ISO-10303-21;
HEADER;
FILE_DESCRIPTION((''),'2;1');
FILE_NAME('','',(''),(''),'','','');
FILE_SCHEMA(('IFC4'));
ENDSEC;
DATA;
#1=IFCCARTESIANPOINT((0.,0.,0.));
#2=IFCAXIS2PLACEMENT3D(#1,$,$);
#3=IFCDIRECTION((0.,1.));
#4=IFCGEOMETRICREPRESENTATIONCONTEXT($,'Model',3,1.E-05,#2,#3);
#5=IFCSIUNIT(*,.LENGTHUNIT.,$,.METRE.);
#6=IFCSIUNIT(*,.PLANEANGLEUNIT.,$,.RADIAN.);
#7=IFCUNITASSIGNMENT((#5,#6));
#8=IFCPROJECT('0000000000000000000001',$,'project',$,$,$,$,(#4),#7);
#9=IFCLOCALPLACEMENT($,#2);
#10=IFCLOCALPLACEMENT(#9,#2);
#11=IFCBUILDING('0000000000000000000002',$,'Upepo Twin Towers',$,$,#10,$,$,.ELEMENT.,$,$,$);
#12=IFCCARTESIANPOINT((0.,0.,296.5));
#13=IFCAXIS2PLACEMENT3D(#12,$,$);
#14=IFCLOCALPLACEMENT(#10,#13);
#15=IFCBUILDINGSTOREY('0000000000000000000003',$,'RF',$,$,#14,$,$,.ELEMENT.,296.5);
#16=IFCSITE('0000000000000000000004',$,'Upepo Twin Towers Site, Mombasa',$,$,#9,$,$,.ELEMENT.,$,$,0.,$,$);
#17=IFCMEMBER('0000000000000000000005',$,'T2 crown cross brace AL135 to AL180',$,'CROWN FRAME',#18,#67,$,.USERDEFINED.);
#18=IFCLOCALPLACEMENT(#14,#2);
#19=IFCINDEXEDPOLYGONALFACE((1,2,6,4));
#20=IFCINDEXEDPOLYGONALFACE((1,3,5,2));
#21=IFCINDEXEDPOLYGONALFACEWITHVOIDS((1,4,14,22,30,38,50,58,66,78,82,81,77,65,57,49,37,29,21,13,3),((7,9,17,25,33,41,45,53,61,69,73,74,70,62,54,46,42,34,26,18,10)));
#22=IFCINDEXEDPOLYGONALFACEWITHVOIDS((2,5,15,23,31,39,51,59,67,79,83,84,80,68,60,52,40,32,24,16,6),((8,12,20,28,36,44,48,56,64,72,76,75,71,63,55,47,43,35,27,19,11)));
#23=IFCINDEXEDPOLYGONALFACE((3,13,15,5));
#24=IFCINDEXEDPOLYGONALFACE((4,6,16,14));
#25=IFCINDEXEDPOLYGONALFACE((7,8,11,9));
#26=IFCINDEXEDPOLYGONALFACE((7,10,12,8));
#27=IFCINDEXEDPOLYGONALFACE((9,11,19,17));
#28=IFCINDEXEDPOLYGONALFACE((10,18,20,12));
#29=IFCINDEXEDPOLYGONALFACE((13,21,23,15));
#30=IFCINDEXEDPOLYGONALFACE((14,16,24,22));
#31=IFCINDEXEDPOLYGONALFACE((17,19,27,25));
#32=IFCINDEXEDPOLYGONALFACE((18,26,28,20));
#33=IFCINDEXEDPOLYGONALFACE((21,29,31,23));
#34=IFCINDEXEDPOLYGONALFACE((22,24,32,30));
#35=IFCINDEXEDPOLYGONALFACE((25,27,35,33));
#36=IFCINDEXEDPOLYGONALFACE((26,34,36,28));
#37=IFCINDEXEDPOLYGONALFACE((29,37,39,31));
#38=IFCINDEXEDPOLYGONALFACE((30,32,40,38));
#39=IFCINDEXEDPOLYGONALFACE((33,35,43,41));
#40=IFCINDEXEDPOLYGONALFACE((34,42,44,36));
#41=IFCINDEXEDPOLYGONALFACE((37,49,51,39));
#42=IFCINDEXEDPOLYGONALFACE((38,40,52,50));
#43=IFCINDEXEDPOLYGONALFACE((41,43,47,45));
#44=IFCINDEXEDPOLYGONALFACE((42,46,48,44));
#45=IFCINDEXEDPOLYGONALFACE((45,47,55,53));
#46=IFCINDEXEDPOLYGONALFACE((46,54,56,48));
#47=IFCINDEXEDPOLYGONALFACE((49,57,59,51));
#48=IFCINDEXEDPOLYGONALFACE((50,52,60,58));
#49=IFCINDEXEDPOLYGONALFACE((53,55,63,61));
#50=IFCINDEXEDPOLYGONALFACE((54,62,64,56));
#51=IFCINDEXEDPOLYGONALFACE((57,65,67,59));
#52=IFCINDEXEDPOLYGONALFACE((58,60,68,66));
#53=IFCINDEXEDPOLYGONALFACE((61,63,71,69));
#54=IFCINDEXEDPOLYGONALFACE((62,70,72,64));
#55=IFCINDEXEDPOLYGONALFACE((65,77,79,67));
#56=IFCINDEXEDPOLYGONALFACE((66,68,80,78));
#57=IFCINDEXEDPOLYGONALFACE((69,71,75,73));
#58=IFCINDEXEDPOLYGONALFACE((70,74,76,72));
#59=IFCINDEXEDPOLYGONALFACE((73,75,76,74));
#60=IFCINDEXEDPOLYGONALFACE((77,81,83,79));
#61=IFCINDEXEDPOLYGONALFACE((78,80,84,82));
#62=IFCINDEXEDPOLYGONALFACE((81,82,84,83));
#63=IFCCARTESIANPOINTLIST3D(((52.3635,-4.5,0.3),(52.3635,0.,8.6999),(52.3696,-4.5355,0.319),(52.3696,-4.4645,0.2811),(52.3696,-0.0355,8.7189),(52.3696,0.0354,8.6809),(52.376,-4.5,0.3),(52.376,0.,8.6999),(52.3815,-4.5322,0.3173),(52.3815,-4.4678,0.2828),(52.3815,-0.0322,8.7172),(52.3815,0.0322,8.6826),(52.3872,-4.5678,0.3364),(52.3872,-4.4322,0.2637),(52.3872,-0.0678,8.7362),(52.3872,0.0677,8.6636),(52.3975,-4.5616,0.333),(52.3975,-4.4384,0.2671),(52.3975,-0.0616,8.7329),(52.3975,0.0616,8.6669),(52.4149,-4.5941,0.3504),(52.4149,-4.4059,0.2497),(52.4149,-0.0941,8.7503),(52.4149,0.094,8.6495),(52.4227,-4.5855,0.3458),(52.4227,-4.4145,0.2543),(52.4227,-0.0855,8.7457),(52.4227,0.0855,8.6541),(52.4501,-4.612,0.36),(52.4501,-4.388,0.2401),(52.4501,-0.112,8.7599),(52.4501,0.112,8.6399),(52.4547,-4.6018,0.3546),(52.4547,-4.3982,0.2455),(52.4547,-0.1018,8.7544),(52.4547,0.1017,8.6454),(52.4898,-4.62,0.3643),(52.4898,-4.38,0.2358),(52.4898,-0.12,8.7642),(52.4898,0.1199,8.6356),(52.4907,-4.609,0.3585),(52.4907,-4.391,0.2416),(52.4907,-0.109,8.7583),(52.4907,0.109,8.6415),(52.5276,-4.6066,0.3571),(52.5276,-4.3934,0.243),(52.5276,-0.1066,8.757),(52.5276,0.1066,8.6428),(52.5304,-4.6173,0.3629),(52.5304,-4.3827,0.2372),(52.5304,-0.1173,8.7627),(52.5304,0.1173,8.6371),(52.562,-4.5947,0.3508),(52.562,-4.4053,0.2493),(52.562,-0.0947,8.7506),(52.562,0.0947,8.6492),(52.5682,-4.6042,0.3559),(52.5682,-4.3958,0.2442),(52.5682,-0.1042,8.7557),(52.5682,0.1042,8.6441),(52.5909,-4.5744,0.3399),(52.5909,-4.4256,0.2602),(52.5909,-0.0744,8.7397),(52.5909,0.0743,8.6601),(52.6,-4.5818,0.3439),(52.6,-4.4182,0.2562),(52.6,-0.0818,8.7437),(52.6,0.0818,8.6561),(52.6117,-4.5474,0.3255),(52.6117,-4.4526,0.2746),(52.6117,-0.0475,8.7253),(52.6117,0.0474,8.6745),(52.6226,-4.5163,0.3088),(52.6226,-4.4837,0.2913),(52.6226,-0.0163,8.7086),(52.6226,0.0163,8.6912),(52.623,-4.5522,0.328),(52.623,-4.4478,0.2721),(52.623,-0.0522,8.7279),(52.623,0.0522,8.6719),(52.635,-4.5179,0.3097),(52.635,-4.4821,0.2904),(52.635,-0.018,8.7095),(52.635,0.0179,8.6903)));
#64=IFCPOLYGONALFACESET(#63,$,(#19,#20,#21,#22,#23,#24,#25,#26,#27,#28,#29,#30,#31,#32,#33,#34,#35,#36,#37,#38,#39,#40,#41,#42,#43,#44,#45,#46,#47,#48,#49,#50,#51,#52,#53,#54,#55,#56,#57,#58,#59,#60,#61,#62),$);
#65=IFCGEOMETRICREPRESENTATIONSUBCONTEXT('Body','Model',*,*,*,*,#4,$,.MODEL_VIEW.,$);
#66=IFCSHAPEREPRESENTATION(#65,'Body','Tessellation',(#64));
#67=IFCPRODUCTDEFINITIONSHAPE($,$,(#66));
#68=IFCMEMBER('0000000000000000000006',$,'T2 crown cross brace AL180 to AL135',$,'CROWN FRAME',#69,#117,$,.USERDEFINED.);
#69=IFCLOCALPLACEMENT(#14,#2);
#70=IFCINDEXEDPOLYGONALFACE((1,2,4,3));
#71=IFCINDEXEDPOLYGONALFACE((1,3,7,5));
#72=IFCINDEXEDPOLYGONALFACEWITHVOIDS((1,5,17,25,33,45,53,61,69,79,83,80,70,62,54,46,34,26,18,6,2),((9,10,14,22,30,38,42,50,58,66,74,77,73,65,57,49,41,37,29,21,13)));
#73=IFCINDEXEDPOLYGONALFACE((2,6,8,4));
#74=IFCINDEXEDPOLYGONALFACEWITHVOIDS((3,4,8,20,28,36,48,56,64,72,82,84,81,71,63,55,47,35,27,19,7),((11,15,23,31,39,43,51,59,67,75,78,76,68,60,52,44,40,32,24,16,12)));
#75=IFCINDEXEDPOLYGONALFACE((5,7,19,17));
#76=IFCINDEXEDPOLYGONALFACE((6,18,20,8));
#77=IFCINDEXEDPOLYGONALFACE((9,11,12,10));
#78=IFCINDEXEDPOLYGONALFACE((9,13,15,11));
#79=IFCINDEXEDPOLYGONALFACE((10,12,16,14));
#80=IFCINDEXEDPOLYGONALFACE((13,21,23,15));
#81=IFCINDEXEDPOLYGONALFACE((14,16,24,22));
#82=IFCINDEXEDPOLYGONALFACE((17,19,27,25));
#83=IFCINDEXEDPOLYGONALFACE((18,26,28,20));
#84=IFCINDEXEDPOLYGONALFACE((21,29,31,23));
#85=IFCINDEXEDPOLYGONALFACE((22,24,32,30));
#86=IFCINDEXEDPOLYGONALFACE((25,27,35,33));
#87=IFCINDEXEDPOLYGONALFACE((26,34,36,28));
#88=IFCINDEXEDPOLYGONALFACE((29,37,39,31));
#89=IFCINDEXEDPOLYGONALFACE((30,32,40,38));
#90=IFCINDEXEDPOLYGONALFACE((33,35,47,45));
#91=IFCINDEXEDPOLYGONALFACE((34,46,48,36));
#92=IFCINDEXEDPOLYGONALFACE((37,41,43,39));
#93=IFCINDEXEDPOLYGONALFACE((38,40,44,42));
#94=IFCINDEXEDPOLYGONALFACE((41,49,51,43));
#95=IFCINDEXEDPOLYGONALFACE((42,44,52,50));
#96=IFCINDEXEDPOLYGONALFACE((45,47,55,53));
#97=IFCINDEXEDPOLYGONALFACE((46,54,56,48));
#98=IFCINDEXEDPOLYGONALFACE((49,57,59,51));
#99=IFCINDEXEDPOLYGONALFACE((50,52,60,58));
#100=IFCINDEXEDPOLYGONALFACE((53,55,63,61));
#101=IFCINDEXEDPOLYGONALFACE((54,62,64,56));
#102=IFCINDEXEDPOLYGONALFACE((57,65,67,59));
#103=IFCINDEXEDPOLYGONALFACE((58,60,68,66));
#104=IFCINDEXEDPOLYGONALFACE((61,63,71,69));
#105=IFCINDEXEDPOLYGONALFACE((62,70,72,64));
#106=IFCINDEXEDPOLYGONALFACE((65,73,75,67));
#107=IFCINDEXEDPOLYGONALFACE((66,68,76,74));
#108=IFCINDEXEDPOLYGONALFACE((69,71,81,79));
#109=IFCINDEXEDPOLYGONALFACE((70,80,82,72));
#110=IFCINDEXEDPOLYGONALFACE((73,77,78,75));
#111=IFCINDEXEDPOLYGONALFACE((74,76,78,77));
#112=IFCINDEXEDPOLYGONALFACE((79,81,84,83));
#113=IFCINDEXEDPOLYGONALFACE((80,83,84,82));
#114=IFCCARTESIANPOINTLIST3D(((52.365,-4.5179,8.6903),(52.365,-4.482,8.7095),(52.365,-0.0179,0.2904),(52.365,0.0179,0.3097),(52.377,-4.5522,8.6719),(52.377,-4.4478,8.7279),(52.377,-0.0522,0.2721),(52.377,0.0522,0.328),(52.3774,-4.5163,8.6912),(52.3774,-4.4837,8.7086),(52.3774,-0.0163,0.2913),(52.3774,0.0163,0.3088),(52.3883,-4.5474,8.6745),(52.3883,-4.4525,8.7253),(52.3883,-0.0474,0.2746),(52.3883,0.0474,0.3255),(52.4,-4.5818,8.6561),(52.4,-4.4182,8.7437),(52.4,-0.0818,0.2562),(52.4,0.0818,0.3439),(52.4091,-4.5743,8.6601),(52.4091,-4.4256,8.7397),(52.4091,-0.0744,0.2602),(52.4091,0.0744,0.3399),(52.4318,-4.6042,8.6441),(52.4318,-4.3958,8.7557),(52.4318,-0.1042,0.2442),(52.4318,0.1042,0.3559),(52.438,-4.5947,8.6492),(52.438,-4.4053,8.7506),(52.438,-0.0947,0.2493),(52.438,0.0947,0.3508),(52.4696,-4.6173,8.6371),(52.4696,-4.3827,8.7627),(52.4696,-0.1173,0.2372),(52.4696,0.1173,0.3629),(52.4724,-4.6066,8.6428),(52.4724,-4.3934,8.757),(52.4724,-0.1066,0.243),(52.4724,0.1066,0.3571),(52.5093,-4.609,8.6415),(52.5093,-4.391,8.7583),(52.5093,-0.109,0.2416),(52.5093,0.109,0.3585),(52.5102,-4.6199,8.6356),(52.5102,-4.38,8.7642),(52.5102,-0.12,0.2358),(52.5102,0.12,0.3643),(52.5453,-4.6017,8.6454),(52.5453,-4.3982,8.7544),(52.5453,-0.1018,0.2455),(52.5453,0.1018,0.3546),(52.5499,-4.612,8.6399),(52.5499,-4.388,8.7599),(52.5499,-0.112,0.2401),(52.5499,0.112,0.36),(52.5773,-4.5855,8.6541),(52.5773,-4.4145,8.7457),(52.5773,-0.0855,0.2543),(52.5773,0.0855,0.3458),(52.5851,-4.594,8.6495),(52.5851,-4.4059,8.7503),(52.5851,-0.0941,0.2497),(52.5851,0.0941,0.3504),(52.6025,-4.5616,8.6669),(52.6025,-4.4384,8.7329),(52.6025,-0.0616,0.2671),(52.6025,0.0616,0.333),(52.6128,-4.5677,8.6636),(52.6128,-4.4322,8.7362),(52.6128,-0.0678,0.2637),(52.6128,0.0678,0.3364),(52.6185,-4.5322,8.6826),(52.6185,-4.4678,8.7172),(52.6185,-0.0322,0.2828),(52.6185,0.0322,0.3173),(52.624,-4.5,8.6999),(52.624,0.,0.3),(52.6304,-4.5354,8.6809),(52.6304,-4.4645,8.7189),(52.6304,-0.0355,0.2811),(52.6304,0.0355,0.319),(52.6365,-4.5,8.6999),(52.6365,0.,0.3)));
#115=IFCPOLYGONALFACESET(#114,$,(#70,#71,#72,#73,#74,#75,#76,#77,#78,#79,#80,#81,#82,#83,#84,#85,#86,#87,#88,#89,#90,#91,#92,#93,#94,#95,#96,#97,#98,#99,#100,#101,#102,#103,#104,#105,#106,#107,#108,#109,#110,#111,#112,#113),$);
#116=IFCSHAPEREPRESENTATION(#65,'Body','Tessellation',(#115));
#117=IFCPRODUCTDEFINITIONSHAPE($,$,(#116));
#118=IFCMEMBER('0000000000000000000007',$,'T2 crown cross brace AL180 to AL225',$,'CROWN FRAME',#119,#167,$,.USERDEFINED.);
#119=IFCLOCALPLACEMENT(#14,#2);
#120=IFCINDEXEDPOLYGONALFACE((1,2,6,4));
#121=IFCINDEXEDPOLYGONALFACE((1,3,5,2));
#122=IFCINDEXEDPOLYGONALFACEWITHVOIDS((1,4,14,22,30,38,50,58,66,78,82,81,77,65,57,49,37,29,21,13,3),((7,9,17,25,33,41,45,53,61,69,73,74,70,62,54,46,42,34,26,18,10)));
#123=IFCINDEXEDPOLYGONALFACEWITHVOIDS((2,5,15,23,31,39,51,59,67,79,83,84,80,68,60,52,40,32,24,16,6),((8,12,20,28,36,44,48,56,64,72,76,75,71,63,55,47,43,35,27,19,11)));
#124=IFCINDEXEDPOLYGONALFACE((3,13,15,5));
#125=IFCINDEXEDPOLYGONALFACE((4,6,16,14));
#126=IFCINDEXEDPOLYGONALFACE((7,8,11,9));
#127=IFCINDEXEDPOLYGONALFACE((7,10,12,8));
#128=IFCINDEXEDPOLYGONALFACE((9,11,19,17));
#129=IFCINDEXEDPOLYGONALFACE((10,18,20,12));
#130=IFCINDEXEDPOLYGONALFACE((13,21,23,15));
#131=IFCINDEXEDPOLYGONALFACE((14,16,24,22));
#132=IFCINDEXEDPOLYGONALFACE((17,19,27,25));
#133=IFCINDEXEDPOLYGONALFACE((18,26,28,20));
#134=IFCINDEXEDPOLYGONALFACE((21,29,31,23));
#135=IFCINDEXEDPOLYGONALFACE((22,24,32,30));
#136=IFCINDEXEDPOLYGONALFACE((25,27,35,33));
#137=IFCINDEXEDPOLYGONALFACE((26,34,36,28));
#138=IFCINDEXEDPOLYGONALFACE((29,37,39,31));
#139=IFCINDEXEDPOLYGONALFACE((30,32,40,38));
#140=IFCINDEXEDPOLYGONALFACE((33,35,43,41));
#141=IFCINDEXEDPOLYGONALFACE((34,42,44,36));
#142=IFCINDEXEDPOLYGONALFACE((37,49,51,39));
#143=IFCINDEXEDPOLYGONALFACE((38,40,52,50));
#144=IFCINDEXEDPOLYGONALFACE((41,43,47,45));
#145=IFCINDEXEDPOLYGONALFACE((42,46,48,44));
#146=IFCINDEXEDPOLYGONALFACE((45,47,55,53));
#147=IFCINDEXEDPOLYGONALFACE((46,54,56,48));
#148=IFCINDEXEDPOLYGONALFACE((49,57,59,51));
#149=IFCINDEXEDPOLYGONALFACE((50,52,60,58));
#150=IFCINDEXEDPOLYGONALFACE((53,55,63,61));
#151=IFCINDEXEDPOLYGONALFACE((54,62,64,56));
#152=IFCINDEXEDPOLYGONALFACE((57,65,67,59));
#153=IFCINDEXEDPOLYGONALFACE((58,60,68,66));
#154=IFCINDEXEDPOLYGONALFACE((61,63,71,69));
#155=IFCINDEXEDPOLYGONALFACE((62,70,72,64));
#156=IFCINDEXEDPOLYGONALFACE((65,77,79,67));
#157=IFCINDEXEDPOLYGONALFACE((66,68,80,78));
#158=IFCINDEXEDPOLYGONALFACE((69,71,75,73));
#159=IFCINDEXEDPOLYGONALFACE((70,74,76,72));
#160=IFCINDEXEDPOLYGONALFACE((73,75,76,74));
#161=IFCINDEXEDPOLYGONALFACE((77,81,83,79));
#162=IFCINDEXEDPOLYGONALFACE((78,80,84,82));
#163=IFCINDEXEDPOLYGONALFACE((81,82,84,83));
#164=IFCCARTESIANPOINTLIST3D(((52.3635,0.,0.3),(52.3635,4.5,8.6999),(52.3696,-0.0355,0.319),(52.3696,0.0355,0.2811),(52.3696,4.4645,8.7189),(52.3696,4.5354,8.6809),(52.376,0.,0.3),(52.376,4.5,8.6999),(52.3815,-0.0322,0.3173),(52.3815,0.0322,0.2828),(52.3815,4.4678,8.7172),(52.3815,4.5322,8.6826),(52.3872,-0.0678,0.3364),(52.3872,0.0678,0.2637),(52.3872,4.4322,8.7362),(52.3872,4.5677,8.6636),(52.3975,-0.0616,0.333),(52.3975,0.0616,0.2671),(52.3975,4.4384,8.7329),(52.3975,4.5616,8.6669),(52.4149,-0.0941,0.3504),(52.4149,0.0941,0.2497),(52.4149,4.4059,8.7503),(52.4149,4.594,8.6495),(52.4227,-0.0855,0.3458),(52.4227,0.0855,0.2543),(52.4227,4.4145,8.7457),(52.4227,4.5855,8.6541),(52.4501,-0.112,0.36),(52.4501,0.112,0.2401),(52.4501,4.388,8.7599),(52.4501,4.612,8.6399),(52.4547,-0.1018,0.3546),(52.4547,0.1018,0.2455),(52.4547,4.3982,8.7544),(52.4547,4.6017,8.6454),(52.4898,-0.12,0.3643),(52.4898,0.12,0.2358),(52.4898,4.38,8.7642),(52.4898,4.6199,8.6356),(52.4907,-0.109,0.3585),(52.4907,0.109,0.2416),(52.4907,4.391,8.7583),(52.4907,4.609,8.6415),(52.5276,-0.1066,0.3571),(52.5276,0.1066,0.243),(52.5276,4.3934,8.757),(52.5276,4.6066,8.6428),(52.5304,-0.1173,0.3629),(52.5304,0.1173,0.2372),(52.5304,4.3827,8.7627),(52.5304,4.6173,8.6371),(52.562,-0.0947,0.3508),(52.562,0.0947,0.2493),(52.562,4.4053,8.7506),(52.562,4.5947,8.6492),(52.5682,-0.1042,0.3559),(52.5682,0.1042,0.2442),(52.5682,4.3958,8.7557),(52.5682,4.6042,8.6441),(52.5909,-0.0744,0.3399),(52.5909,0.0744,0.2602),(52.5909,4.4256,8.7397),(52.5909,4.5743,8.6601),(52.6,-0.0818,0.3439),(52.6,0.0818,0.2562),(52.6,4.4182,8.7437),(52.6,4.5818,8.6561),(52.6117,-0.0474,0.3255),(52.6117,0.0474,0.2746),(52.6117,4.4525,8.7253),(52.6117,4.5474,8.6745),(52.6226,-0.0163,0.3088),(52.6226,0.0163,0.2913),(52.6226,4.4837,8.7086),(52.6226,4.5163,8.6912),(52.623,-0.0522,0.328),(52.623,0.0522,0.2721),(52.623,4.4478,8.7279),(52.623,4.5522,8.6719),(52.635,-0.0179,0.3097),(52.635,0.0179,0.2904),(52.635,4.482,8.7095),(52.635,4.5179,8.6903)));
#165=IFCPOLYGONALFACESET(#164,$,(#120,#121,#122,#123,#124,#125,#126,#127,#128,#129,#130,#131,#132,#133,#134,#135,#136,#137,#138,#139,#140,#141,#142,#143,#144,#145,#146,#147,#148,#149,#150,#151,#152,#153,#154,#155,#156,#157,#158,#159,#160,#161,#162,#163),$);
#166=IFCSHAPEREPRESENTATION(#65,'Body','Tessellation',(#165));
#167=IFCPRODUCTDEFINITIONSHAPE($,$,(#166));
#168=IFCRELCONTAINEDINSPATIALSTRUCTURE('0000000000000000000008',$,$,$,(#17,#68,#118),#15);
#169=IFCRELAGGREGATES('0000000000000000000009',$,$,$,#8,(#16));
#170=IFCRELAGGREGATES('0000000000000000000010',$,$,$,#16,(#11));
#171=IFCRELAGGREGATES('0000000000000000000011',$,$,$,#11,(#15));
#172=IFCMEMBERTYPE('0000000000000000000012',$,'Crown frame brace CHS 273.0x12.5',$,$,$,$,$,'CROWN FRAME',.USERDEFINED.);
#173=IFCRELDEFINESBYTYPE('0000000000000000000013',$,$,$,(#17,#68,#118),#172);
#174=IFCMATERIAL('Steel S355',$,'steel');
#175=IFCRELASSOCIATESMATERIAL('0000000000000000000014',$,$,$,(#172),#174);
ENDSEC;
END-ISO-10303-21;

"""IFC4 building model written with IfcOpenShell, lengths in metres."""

from ifc_helpers import new_model, si_unit, direction, frame, origin, origin_2d, place, context, subcontext, project, spatial, hollow_circle, extrude, material, material_profile, profile_set, type_object, element, save


model = new_model("IFC4")

# Units and contexts
model_context = context("Model", 3, precision=1e-05, world=origin(), true_north=direction((0.0, 1.0)))
body_context = subcontext(model_context, "Body", "Model", "MODEL_VIEW")
ifc_project = project(units=[si_unit("LENGTHUNIT", "METRE"), si_unit("PLANEANGLEUNIT", "RADIAN")], contexts=[model_context])

# Site, building, storey
site_placement = place(None, origin())
site = spatial("IfcSite", under=ifc_project, at=site_placement, Name="Upepo Twin Towers Site, Mombasa", CompositionType="ELEMENT", RefElevation=0.0)
building_placement = place(site_placement, origin())
building = spatial("IfcBuilding", under=site, at=building_placement, Name="Upepo Twin Towers", CompositionType="ELEMENT")
storey_placement = place(building_placement, frame((0.0, 0.0, 296.5)))
storey = spatial("IfcBuildingStorey", under=building, at=storey_placement, Name="RF", CompositionType="ELEMENT", Elevation=296.5)

# Members
ifc_material_1 = material(Name="Steel S355", Category="steel")
ifc_material_profile_1 = material_profile(ifc_material_1, hollow_circle(Radius=0.1365, WallThickness=0.0125, at=origin_2d()), Name="CHS 273.0x12.5")
ifc_profile_set_1 = profile_set([ifc_material_profile_1], Name="Steel S355")
member_type = type_object("IfcMemberType", Name="Crown frame brace CHS 273.0x12.5", ElementType="CROWN FRAME", PredefinedType="USERDEFINED", material=ifc_profile_set_1)
for number, where, z_axis, x_axis, name in (
    (1, (52.5, -4.5, 0.3), (0.0, 0.472226, 0.881478), (-1.0, 0.0, 0.0), "T2 crown cross brace AL135 to AL180"),
    (2, (52.5, 0.0, 0.3), (0.0, -0.472226, 0.881478), (1.0, 0.0, 0.0), "T2 crown cross brace AL180 to AL135"),
    (3, (52.5, 0.0, 0.3), (0.0, 0.472226, 0.881478), (-1.0, 0.0, 0.0), "T2 crown cross brace AL180 to AL225"),
):
    element("IfcMember", number, at=place(storey_placement, frame(where, z_axis=z_axis, x_axis=x_axis)), inside=storey, type_object=member_type, Name=name, ObjectType="CROWN FRAME", PredefinedType="USERDEFINED", context=body_context, shape_type="SweptSolid", body=[
        extrude(hollow_circle(Radius=0.1365, WallThickness=0.0125, at=origin_2d()), origin(), (0.0, 0.0, 1.0), 9.5293),
    ])

save(model, "model.ifc")
